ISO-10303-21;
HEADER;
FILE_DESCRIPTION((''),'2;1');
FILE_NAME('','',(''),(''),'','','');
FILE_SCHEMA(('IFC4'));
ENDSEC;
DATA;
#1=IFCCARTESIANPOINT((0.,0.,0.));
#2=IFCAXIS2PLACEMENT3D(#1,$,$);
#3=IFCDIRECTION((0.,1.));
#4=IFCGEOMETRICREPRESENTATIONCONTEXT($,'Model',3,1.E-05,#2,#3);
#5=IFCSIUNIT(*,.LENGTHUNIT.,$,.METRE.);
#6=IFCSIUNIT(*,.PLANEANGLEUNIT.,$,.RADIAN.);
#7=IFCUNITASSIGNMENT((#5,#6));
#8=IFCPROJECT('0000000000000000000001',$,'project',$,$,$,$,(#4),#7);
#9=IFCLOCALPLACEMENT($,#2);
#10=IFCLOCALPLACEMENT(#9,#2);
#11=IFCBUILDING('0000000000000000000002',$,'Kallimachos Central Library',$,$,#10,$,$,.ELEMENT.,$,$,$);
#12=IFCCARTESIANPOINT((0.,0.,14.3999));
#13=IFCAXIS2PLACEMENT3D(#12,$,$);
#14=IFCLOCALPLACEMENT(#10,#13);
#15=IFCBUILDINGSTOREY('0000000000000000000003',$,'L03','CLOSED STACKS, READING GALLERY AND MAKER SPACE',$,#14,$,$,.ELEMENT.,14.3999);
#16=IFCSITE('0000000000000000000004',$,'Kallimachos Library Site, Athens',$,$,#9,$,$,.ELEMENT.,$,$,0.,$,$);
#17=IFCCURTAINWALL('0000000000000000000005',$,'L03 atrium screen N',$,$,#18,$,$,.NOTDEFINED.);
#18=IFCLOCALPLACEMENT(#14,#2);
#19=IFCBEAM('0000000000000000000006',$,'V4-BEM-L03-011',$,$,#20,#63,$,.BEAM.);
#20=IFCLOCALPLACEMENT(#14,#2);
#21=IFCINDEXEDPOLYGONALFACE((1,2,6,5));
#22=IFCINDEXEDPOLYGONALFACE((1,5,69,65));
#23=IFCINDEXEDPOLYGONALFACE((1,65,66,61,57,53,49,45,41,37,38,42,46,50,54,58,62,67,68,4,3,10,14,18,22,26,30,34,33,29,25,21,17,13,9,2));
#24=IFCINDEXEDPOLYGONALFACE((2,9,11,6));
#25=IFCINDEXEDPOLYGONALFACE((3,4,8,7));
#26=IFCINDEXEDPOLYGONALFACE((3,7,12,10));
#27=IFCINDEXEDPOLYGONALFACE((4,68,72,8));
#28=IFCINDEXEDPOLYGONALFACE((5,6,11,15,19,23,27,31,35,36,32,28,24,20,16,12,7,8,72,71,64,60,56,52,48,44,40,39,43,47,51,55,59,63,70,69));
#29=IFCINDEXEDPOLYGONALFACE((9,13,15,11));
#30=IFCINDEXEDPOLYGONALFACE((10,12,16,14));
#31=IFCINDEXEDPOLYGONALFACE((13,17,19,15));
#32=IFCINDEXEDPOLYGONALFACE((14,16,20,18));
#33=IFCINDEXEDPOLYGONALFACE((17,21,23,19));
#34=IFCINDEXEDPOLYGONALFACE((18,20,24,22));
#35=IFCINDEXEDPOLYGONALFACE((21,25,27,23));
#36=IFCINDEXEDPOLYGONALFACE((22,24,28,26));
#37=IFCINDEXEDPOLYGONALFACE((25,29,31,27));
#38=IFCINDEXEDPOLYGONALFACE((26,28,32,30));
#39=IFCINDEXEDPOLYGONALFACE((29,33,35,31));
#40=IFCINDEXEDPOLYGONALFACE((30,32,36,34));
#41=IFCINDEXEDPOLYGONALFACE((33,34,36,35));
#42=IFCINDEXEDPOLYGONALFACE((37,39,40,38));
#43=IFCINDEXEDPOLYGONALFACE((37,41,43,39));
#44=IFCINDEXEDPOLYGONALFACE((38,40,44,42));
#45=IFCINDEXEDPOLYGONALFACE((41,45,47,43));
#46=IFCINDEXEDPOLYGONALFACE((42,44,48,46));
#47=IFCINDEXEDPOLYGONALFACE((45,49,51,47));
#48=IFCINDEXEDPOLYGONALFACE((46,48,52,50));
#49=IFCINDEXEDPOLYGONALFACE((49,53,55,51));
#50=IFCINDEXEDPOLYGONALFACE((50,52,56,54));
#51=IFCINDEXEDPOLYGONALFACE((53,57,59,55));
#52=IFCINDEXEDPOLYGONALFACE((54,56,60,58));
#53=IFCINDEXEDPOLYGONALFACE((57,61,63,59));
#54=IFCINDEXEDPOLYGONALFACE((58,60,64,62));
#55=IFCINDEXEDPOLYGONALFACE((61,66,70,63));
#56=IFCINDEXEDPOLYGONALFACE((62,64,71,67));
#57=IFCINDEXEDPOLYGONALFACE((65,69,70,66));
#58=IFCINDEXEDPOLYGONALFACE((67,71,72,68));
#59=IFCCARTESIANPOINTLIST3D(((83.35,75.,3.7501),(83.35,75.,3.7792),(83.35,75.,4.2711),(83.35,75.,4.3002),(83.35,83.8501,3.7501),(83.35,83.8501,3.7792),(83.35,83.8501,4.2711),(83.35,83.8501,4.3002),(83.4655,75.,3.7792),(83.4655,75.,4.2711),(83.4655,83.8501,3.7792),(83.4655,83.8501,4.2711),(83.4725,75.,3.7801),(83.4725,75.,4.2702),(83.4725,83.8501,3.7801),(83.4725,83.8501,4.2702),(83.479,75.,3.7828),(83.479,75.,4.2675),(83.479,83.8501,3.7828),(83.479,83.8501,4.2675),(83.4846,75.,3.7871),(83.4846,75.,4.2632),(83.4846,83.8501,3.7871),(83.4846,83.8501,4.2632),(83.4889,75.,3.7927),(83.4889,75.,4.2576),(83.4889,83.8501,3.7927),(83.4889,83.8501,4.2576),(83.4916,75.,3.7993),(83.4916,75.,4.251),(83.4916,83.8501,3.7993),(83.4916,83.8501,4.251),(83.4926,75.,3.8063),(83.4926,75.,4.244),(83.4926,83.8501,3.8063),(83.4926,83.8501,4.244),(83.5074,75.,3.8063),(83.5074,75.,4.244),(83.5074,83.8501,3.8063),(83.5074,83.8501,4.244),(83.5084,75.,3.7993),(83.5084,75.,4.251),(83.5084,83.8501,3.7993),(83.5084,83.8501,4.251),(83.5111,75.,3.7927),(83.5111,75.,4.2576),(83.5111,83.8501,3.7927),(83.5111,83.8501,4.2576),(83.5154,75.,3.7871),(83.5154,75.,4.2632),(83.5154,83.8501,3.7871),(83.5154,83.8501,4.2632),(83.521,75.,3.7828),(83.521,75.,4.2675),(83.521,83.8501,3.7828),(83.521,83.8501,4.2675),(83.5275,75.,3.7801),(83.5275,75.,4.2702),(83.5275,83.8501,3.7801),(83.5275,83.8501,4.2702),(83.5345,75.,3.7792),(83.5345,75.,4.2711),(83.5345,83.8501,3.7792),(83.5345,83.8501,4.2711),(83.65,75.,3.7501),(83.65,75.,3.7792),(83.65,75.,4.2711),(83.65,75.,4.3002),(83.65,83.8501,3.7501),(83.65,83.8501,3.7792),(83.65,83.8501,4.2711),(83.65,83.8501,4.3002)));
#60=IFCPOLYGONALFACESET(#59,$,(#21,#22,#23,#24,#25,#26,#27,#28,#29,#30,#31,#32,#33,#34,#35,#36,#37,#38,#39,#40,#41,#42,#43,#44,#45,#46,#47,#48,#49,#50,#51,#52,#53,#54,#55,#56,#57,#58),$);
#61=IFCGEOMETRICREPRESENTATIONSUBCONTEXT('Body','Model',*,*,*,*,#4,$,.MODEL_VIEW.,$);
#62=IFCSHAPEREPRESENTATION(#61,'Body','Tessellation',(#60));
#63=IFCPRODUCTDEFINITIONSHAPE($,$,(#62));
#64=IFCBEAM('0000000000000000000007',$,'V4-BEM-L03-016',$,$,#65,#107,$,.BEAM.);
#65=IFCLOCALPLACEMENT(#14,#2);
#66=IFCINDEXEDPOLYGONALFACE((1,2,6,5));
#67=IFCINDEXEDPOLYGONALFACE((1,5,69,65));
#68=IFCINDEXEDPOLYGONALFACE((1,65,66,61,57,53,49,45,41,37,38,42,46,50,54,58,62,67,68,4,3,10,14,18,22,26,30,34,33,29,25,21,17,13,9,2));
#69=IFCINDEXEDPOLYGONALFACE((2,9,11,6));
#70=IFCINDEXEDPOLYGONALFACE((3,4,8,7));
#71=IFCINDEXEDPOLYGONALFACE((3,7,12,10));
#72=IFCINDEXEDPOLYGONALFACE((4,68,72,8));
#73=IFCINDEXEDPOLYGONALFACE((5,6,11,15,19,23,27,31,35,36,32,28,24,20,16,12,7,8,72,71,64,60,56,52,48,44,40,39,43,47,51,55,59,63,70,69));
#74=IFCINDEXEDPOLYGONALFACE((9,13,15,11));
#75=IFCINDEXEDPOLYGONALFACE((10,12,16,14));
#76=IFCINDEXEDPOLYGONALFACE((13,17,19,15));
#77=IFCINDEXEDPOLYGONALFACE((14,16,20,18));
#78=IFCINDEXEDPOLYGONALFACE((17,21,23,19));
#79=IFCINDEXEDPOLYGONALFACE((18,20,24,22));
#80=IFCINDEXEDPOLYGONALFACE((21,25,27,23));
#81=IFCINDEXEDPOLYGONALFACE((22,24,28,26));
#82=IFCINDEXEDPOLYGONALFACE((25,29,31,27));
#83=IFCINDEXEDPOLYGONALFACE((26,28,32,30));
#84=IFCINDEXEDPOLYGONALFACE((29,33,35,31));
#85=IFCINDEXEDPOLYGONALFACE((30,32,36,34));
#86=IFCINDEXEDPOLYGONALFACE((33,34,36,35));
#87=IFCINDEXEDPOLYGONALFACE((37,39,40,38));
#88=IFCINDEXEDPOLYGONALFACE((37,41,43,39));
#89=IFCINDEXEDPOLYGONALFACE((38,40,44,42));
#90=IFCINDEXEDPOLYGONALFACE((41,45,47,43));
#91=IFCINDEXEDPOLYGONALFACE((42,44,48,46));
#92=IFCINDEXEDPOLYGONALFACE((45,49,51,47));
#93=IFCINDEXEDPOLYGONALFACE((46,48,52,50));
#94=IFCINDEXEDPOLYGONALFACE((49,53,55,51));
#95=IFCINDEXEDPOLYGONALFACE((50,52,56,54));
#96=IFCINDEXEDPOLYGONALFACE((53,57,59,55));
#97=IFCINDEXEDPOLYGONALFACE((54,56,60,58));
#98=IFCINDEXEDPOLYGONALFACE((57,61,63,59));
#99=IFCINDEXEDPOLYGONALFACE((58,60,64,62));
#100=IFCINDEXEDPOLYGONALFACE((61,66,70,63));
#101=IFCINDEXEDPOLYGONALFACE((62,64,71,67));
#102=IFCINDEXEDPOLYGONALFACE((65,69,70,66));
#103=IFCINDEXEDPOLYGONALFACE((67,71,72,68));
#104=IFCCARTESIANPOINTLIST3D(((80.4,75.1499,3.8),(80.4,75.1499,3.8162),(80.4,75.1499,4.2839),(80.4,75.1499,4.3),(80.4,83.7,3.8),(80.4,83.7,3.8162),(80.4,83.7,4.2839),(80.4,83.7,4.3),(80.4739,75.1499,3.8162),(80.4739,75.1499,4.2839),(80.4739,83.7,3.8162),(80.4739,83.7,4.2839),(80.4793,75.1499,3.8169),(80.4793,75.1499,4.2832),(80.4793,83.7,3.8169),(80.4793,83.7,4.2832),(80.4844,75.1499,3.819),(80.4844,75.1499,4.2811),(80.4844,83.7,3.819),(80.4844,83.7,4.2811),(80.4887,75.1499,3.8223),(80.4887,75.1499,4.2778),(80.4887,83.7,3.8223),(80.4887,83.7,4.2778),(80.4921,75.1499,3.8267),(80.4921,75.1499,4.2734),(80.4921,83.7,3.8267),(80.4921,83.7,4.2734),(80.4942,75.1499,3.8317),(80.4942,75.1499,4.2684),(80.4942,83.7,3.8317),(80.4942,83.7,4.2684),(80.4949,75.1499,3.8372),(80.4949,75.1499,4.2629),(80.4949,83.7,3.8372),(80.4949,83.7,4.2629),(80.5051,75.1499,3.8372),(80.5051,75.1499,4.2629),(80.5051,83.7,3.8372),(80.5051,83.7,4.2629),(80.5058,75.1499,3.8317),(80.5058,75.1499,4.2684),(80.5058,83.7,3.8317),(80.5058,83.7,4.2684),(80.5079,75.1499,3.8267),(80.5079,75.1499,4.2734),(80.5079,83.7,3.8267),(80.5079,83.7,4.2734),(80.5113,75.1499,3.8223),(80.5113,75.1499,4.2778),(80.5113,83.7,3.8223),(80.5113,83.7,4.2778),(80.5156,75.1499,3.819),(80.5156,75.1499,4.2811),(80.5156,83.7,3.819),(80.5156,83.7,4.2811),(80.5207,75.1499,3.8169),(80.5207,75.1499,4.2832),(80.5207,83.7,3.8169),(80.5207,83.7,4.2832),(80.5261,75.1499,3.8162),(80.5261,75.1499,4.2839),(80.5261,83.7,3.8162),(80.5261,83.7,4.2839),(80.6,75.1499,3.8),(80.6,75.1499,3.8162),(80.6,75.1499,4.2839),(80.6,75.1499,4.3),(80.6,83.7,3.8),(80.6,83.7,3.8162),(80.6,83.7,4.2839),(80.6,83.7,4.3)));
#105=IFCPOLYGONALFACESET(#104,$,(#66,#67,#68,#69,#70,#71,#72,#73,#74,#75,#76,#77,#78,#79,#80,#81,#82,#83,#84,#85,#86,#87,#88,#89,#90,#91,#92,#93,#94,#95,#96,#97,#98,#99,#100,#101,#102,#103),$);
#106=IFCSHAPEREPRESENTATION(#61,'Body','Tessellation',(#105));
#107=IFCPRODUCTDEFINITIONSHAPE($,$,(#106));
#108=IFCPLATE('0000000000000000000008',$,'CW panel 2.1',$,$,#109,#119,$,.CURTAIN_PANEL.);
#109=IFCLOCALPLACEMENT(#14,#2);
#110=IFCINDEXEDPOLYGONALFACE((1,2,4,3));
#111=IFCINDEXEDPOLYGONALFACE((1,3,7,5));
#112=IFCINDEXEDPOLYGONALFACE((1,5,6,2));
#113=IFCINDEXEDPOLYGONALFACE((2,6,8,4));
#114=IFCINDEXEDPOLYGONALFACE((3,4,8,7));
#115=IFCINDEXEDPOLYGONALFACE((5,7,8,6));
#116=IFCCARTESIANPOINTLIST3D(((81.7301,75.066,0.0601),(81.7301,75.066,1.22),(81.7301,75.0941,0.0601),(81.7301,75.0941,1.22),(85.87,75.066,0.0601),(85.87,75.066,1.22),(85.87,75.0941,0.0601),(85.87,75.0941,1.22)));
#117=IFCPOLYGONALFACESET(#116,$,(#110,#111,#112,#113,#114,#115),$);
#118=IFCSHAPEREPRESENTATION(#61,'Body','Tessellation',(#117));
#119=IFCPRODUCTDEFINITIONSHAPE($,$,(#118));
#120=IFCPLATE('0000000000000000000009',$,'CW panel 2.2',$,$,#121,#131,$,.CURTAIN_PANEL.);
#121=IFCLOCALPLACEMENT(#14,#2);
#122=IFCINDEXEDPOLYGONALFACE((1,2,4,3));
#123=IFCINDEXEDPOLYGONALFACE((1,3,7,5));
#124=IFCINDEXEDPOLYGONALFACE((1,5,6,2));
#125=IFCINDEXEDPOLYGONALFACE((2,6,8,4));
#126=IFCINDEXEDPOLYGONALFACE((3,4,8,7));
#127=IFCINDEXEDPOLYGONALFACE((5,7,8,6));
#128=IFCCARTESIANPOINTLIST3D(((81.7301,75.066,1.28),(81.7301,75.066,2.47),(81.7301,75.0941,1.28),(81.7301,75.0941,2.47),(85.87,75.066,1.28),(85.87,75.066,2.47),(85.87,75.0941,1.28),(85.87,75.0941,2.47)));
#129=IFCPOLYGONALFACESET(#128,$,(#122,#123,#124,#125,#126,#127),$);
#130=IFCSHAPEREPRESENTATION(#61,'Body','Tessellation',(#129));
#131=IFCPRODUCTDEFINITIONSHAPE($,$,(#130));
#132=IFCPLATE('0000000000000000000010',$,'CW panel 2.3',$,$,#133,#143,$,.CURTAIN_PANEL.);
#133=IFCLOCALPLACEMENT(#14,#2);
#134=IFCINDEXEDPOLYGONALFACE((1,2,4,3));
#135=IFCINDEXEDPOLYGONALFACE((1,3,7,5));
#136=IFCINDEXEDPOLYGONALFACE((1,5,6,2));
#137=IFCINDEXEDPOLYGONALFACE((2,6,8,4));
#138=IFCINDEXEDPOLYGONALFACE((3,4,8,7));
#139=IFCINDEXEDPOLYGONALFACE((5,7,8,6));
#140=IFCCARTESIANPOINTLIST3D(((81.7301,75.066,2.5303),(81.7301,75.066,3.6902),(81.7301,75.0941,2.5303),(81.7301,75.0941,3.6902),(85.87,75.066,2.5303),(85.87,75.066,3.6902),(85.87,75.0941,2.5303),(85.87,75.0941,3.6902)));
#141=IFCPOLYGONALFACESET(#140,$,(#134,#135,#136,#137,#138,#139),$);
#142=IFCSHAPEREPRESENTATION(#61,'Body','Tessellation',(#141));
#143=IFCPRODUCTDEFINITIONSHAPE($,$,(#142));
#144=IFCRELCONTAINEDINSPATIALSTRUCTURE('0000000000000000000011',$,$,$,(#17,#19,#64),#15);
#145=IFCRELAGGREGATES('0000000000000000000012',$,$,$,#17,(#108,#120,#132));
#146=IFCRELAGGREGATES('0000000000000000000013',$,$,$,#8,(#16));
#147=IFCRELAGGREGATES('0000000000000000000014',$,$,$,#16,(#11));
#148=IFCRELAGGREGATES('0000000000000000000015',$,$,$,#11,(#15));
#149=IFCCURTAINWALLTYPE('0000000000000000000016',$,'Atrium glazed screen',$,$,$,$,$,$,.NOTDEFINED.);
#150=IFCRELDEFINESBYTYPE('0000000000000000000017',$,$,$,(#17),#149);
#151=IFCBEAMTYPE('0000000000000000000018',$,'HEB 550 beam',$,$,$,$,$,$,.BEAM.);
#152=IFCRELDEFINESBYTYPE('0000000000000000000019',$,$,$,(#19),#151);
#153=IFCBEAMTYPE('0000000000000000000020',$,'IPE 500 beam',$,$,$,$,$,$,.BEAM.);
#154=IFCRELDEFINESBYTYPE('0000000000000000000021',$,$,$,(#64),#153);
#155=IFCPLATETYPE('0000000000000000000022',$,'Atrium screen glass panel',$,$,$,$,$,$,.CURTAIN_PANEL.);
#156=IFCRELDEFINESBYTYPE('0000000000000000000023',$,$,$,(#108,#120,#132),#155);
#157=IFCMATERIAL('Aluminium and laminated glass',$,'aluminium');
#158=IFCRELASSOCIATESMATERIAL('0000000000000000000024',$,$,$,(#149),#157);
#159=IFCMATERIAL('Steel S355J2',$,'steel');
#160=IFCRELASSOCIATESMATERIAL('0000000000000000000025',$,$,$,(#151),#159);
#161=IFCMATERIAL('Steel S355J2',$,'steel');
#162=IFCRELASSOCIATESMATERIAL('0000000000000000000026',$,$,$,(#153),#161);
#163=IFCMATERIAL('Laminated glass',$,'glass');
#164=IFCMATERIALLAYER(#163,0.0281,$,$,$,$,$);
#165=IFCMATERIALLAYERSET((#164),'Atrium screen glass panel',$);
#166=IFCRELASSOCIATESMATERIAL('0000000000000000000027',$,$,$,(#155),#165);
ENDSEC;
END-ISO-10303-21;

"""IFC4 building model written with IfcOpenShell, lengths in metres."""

from ifc_helpers import new_model, si_unit, direction, frame, origin, origin_2d, place, context, subcontext, project, spatial, rectangle, i_section, extrude, material, layer, layer_set, material_profile, profile_set, type_object, element, aggregate, save


model = new_model("IFC4")

# Units and contexts
model_context = context("Model", 3, precision=1e-05, world=origin(), true_north=direction((0.0, 1.0)))
body_context = subcontext(model_context, "Body", "Model", "MODEL_VIEW")
ifc_project = project(units=[si_unit("LENGTHUNIT", "METRE"), si_unit("PLANEANGLEUNIT", "RADIAN")], contexts=[model_context])

# Site, building, storey
site_placement = place(None, origin())
site = spatial("IfcSite", under=ifc_project, at=site_placement, Name="Kallimachos Library Site, Athens", CompositionType="ELEMENT", RefElevation=0.0)
building_placement = place(site_placement, origin())
building = spatial("IfcBuilding", under=site, at=building_placement, Name="Kallimachos Central Library", CompositionType="ELEMENT")
storey_placement = place(building_placement, frame((0.0, 0.0, 14.3999)))
storey = spatial("IfcBuildingStorey", under=building, at=storey_placement, Name="L03", Description="CLOSED STACKS, READING GALLERY AND MAKER SPACE", CompositionType="ELEMENT", Elevation=14.3999)

# Curtain wall
ifc_material_1 = material(Name="Aluminium and laminated glass", Category="aluminium")
curtain_wall_type_1 = type_object("IfcCurtainWallType", Name="Atrium glazed screen", PredefinedType="NOTDEFINED", material=ifc_material_1)
curtain_wall_1_placement = place(storey_placement, origin())
curtain_wall_1 = element("IfcCurtainWall", 1, at=curtain_wall_1_placement, inside=storey, type_object=curtain_wall_type_1, Name="L03 atrium screen N", PredefinedType="NOTDEFINED")

# Beams
ifc_material_2 = material(Name="Steel S355J2", Category="steel")
ifc_material_profile_1 = material_profile(ifc_material_2, i_section(OverallWidth=0.3, OverallDepth=0.55, WebThickness=0.0149, FlangeThickness=0.0291, FilletRadius=0.0271, at=origin_2d()), Name="HEB 550")
ifc_profile_set_1 = profile_set([ifc_material_profile_1], Name="Steel S355J2")
beam_type_1 = type_object("IfcBeamType", Name="HEB 550 beam", PredefinedType="BEAM", material=ifc_profile_set_1)
beam_1_placement = place(storey_placement, frame((83.5, 75.0, 4.0251), z_axis=(0.0, 1.0, 0.0), x_axis=(-1.0, 0.0, 0.0)))
element("IfcBeam", 2, at=beam_1_placement, inside=storey, type_object=beam_type_1, Name="V4-BEM-L03-011", PredefinedType="BEAM", context=body_context, shape_type="SweptSolid", body=[
    extrude(i_section(OverallWidth=0.3, OverallDepth=0.55, WebThickness=0.0149, FlangeThickness=0.0291, FilletRadius=0.0271, at=origin_2d()), origin(), (0.0, 0.0, 1.0), 8.8501),
])
ifc_material_3 = material(Name="Steel S355J2", Category="steel")
ifc_material_profile_2 = material_profile(ifc_material_3, i_section(OverallWidth=0.2, OverallDepth=0.5, WebThickness=0.0103, FlangeThickness=0.0161, FilletRadius=0.021, at=origin_2d()), Name="IPE 500")
ifc_profile_set_2 = profile_set([ifc_material_profile_2], Name="Steel S355J2")
beam_type_2 = type_object("IfcBeamType", Name="IPE 500 beam", PredefinedType="BEAM", material=ifc_profile_set_2)
beam_2_placement = place(storey_placement, frame((80.5, 75.1499, 4.05), z_axis=(0.0, 1.0, 0.0), x_axis=(-1.0, 0.0, 0.0)))
element("IfcBeam", 3, at=beam_2_placement, inside=storey, type_object=beam_type_2, Name="V4-BEM-L03-016", PredefinedType="BEAM", context=body_context, shape_type="SweptSolid", body=[
    extrude(i_section(OverallWidth=0.2, OverallDepth=0.5, WebThickness=0.0103, FlangeThickness=0.0161, FilletRadius=0.021, at=origin_2d()), origin(), (0.0, 0.0, 1.0), 8.55),
])

# Plates
ifc_material_4 = material(Name="Laminated glass", Category="glass")
ifc_layer_1 = layer(ifc_material_4, 0.0281)
ifc_layer_set_1 = layer_set([ifc_layer_1], Name="Atrium screen glass panel")
plate_type = type_object("IfcPlateType", Name="Atrium screen glass panel", PredefinedType="CURTAIN_PANEL", material=ifc_layer_set_1)
plate_1_placement = place(storey_placement, frame((83.8, 75.0801, 0.0601), z_axis=(0.0, 0.0, 1.0), x_axis=(1.0, 0.0, 0.0)))
plate_1 = element("IfcPlate", 4, at=plate_1_placement, type_object=plate_type, Name="CW panel 2.1", PredefinedType="CURTAIN_PANEL", context=body_context, shape_type="SweptSolid", body=[
    extrude(rectangle(XDim=4.1399, YDim=0.0281, at=origin_2d()), origin(), (0.0, 0.0, 1.0), 1.1599),
])
plate_2_placement = place(storey_placement, frame((83.8, 75.0801, 1.28), z_axis=(0.0, 0.0, 1.0), x_axis=(1.0, 0.0, 0.0)))
plate_2 = element("IfcPlate", 5, at=plate_2_placement, type_object=plate_type, Name="CW panel 2.2", PredefinedType="CURTAIN_PANEL", context=body_context, shape_type="SweptSolid", body=[
    extrude(rectangle(XDim=4.1399, YDim=0.0281, at=origin_2d()), origin(), (0.0, 0.0, 1.0), 1.1899),
])
plate_3_placement = place(storey_placement, frame((83.8, 75.0801, 2.5303), z_axis=(0.0, 0.0, 1.0), x_axis=(1.0, 0.0, 0.0)))
plate_3 = element("IfcPlate", 6, at=plate_3_placement, type_object=plate_type, Name="CW panel 2.3", PredefinedType="CURTAIN_PANEL", context=body_context, shape_type="SweptSolid", body=[
    extrude(rectangle(XDim=4.1399, YDim=0.0281, at=origin_2d()), origin(), (0.0, 0.0, 1.0), 1.1599),
])
aggregate(curtain_wall_1, [plate_1, plate_2, plate_3])

save(model, "model.ifc")
